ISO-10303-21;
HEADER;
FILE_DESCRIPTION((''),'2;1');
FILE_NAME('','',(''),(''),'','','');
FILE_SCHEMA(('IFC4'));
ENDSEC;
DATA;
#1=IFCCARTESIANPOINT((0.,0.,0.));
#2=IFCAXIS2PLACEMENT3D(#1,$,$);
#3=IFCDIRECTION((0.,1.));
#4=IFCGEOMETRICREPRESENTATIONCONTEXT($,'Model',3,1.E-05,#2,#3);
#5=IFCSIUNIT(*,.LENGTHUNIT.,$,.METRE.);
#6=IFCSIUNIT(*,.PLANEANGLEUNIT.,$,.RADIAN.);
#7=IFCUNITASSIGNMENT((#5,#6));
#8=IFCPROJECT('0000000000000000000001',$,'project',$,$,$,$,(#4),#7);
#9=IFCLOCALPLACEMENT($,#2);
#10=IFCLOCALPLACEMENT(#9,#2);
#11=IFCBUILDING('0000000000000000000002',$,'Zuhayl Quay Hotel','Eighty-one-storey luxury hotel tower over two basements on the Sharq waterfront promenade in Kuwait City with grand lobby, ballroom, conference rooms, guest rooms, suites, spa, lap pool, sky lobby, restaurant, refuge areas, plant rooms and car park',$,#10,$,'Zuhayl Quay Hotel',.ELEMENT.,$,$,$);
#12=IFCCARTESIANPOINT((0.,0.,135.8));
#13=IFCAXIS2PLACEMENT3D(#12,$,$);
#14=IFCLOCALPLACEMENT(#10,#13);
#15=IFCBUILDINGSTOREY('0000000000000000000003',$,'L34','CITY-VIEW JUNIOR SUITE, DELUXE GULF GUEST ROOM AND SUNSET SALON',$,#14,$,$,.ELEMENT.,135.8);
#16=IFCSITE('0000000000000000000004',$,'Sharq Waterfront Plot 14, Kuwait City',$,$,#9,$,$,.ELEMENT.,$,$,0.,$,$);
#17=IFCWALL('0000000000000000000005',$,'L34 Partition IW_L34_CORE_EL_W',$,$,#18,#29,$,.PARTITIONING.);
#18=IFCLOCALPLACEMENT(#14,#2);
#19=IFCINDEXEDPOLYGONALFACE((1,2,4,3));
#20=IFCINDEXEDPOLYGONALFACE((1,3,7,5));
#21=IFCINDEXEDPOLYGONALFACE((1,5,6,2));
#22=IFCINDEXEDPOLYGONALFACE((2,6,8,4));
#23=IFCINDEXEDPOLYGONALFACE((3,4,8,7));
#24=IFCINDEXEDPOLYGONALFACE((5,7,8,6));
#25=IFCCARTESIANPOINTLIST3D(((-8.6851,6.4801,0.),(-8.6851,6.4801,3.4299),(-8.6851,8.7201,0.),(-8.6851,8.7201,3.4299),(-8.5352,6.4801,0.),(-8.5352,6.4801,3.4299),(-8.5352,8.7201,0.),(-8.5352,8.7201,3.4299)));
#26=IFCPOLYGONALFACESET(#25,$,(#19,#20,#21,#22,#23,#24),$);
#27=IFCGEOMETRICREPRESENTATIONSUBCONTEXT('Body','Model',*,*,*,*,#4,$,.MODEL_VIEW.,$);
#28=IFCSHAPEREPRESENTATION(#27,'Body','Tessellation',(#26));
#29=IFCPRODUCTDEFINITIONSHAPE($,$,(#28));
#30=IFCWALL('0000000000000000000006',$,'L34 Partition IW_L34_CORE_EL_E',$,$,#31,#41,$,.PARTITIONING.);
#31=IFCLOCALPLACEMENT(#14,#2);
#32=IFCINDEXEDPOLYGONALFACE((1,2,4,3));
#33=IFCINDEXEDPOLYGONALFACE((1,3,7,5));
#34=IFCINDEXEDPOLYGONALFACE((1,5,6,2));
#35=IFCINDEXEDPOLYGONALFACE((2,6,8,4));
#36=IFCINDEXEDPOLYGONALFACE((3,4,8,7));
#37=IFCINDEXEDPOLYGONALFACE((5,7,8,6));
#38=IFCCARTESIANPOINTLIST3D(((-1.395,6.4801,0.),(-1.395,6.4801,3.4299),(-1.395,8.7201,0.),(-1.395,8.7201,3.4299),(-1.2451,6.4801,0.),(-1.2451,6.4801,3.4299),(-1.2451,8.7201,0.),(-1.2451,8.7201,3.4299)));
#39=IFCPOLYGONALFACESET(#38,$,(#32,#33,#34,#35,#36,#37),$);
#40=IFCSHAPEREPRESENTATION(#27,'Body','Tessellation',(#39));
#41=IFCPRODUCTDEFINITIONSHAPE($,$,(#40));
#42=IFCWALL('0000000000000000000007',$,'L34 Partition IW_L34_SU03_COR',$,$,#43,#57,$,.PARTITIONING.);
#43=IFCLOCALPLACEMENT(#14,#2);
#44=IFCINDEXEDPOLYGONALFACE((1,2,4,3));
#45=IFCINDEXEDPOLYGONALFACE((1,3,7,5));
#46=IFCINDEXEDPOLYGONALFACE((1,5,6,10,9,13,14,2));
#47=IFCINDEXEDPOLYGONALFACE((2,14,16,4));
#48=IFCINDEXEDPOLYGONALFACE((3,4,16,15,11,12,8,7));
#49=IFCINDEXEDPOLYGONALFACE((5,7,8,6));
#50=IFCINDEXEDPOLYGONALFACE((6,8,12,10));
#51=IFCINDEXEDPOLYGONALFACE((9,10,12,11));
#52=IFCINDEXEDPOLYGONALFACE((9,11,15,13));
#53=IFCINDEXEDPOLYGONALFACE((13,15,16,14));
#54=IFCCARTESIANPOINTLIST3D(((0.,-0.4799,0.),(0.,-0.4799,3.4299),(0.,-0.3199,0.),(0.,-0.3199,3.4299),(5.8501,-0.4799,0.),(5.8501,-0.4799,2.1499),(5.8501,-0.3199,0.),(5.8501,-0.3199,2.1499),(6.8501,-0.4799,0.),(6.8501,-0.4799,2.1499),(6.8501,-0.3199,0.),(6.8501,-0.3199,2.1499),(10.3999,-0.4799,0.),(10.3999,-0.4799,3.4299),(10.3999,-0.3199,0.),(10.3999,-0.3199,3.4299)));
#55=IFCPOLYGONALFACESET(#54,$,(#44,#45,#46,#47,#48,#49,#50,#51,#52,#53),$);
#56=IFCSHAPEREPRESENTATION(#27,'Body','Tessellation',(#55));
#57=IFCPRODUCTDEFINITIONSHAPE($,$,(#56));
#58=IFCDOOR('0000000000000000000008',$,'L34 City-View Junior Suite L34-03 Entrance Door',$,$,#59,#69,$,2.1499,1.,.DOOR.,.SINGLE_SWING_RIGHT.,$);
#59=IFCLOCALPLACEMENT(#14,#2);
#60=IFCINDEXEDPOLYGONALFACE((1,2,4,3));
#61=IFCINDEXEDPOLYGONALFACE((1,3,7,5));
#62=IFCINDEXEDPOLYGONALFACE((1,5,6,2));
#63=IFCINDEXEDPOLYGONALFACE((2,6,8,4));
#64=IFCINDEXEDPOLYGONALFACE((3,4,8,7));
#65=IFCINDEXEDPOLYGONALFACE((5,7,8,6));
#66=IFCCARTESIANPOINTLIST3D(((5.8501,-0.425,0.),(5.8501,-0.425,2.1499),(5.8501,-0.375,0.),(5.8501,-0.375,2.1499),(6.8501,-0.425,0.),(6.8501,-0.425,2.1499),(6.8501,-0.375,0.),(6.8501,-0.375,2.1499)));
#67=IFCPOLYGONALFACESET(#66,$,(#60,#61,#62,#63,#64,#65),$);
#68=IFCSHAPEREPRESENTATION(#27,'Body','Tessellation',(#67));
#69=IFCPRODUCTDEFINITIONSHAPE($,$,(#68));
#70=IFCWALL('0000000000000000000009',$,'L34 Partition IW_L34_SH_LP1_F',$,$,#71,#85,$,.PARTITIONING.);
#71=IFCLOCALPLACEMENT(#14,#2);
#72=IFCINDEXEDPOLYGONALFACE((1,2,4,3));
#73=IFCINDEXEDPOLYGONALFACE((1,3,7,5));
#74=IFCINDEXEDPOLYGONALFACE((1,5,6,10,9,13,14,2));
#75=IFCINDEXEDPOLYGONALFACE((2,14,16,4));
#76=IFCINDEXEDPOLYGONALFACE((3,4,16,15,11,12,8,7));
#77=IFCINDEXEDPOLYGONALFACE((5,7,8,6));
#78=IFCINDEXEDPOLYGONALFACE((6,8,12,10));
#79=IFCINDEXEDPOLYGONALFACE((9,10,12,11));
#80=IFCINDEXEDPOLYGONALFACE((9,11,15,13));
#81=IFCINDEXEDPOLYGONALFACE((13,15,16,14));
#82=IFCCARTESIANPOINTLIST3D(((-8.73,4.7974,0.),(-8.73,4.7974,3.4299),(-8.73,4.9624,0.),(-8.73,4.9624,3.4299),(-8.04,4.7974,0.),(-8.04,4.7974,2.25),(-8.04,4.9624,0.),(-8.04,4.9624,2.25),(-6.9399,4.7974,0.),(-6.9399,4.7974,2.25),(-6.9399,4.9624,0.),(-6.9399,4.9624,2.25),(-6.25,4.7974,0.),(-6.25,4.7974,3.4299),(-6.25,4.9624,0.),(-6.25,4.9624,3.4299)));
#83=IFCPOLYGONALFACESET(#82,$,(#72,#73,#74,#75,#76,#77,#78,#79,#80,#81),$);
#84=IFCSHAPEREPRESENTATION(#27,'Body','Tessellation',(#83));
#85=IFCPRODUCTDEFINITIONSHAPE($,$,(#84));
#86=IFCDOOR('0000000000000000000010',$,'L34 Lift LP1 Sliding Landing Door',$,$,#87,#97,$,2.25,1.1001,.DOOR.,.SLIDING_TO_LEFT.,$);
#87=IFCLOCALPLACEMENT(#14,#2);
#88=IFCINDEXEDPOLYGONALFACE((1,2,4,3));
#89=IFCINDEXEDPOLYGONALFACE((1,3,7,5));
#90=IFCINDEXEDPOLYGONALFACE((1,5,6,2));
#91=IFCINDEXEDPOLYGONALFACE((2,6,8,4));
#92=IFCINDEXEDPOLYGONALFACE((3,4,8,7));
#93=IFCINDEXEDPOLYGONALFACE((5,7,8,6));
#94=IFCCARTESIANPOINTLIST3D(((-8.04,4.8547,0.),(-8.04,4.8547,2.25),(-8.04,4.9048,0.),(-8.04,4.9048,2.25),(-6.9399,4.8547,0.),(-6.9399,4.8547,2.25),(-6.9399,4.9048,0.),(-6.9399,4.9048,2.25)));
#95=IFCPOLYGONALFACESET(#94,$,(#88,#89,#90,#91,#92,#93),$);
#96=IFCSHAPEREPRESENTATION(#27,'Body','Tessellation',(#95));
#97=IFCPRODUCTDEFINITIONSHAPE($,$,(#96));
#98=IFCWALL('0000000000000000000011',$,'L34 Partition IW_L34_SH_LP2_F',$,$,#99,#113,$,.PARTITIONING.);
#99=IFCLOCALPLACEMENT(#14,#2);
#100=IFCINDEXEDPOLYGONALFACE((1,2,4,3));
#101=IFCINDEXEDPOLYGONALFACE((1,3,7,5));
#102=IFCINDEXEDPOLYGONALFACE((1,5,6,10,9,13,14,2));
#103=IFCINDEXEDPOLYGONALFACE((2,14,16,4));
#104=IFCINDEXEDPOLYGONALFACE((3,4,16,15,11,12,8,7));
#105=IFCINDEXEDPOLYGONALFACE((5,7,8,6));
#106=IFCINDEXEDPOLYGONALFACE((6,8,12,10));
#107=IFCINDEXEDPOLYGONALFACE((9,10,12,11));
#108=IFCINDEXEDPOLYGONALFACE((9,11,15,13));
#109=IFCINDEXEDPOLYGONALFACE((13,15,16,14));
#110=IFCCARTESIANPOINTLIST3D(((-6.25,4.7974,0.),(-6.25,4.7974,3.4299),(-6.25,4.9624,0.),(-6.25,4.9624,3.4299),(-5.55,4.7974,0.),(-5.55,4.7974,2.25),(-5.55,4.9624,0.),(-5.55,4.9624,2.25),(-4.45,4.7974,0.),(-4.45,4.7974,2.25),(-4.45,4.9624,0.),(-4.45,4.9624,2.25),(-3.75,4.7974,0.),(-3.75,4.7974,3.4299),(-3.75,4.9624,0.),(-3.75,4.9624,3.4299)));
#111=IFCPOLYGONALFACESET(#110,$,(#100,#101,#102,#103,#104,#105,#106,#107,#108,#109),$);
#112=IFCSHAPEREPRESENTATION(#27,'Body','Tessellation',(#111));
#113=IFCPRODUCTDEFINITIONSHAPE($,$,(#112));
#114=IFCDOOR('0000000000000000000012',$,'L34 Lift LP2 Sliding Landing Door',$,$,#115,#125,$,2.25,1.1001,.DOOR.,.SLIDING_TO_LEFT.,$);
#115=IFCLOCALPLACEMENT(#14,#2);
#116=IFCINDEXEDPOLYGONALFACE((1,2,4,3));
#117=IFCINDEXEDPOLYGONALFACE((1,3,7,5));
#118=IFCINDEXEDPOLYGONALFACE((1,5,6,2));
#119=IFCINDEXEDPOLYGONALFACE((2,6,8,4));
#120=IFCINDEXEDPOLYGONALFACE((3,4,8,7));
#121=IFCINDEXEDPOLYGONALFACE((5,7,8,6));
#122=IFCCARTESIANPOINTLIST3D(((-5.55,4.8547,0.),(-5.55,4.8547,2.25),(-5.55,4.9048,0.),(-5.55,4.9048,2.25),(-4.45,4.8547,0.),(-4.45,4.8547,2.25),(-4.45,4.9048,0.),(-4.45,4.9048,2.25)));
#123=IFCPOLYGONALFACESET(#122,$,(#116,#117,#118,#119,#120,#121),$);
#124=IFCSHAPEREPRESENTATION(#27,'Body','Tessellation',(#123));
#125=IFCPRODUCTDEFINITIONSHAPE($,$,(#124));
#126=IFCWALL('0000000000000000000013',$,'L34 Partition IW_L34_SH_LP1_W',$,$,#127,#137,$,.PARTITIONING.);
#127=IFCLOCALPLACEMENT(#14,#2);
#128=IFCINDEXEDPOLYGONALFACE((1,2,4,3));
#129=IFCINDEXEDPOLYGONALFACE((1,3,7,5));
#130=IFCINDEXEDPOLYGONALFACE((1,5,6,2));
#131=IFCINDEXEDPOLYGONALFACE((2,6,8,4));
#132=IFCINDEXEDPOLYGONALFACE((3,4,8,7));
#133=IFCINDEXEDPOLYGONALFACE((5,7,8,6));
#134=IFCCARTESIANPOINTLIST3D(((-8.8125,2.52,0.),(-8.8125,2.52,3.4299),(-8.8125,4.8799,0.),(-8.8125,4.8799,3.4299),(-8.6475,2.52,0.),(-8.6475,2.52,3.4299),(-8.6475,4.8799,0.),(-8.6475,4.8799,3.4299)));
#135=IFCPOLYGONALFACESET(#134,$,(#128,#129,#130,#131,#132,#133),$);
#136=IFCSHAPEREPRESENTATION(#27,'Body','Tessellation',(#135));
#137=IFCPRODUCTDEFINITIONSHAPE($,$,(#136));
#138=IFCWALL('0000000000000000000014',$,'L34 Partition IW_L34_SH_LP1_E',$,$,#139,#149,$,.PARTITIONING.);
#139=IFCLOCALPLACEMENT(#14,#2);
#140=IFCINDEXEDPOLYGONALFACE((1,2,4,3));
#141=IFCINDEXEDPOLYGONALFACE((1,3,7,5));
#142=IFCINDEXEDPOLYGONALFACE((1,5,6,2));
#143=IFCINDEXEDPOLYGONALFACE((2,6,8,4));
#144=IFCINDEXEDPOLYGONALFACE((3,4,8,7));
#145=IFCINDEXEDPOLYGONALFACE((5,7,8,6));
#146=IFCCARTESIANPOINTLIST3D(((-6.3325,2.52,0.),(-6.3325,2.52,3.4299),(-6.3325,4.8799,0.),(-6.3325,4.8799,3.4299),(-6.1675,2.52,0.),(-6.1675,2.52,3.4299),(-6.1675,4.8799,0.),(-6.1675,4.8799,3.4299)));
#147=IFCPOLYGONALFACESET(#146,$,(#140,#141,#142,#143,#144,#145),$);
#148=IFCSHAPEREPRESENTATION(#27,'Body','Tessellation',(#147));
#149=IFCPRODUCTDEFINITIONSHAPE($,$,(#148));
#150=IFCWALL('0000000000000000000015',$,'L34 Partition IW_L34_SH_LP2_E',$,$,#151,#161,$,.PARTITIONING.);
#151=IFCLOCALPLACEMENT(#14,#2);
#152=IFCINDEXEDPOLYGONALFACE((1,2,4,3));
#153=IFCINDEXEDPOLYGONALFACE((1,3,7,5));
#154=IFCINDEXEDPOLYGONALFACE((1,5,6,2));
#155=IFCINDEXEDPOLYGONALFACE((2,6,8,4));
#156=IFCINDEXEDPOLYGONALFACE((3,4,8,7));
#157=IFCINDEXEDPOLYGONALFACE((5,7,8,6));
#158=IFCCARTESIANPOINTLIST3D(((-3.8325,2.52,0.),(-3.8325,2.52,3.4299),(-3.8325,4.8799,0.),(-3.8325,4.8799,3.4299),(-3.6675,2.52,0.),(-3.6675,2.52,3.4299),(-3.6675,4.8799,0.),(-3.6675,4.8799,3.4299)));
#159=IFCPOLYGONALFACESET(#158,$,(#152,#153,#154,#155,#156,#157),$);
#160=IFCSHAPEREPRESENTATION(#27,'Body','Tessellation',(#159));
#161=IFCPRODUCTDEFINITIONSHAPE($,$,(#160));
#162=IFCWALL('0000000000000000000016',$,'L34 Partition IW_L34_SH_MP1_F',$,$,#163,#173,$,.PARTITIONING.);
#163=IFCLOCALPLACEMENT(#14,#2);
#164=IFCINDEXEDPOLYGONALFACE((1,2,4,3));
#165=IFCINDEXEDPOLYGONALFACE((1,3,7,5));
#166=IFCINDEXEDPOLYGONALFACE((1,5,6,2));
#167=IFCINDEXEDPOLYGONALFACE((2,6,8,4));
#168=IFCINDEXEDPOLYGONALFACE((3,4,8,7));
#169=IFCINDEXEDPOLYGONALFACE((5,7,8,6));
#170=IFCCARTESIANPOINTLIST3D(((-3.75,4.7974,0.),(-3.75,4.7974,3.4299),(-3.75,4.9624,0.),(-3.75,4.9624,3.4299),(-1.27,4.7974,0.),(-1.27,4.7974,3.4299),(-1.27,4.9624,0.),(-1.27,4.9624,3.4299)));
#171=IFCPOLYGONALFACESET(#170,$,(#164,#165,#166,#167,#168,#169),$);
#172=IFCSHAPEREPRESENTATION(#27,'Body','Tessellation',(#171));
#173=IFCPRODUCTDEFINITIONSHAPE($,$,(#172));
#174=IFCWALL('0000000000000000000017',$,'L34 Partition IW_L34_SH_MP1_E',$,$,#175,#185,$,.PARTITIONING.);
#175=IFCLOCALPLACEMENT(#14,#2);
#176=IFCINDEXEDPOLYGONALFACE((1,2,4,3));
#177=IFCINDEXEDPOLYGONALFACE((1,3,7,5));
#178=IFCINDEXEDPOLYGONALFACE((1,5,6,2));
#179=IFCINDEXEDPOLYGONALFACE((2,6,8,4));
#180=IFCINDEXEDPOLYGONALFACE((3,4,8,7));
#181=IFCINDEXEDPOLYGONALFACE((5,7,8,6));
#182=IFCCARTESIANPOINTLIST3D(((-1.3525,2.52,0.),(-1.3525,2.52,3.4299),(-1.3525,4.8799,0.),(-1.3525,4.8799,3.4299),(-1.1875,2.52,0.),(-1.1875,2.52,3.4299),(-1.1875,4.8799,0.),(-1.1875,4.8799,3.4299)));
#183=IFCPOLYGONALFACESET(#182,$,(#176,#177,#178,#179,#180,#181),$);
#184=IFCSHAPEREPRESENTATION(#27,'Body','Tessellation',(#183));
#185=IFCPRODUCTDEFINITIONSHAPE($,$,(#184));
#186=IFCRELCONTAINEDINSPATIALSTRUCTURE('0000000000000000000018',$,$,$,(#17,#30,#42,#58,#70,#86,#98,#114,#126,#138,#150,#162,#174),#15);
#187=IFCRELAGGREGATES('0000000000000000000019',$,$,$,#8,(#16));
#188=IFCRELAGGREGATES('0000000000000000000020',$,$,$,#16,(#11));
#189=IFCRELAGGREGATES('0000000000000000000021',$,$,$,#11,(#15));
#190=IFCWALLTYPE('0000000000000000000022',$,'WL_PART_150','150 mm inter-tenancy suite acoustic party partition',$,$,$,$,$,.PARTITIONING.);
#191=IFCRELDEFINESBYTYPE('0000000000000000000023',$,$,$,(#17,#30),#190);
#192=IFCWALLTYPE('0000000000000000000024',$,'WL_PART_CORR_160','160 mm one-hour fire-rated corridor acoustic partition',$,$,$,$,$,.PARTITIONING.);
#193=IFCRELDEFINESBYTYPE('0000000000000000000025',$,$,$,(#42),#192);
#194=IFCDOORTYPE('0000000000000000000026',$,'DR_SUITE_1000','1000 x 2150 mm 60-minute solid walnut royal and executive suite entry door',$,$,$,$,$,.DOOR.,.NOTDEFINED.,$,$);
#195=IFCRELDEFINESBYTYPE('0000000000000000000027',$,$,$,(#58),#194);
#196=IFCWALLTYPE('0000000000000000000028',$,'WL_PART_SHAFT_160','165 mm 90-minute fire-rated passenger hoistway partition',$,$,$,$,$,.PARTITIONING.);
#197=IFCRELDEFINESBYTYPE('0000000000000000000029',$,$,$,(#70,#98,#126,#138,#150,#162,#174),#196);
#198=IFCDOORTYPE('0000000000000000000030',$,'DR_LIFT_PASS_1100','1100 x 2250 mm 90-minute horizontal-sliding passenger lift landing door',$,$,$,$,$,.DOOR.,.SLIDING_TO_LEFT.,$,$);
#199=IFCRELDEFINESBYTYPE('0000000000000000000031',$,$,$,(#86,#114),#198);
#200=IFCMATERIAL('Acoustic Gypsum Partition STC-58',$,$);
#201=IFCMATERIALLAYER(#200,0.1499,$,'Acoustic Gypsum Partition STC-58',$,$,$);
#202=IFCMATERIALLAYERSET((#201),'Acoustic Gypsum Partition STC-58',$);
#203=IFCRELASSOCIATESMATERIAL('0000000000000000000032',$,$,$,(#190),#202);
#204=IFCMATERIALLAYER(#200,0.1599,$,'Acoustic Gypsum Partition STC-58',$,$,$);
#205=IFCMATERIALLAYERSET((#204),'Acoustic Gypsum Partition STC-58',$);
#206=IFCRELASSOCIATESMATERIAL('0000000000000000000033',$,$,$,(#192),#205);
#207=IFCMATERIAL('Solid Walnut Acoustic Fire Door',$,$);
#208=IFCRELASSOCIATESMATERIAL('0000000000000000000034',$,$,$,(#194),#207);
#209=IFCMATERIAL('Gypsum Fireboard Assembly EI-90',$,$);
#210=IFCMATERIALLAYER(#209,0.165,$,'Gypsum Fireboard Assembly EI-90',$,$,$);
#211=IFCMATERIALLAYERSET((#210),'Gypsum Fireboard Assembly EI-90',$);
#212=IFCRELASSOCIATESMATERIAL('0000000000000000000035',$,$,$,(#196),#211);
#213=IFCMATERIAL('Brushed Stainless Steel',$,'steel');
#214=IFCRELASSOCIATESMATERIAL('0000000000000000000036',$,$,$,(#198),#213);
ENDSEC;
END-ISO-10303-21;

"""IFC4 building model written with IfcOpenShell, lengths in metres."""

from ifc_helpers import new_model, si_unit, direction, frame, frame_2d, origin, place, context, subcontext, project, spatial, rectangle, extrude, material, layer, layer_set, type_object, element, fill, save


model = new_model("IFC4")

# Units and contexts
model_context = context("Model", 3, precision=1e-05, world=origin(), true_north=direction((0.0, 1.0)))
body_context = subcontext(model_context, "Body", "Model", "MODEL_VIEW")
ifc_project = project(units=[si_unit("LENGTHUNIT", "METRE"), si_unit("PLANEANGLEUNIT", "RADIAN")], contexts=[model_context])

# Site, building, storey
site_placement = place(None, origin())
site = spatial("IfcSite", under=ifc_project, at=site_placement, Name="Sharq Waterfront Plot 14, Kuwait City", CompositionType="ELEMENT", RefElevation=0.0)
building_placement = place(site_placement, origin())
building = spatial("IfcBuilding", under=site, at=building_placement, Name="Zuhayl Quay Hotel", Description="Eighty-one-storey luxury hotel tower over two basements on the Sharq waterfront promenade in Kuwait City with grand lobby, ballroom, conference rooms, guest rooms, suites, spa, lap pool, sky lobby, restaurant, refuge areas, plant rooms and car park", LongName="Zuhayl Quay Hotel", CompositionType="ELEMENT")
storey_placement = place(building_placement, frame((0.0, 0.0, 135.8)))
storey = spatial("IfcBuildingStorey", under=building, at=storey_placement, Name="L34", Description="CITY-VIEW JUNIOR SUITE, DELUXE GULF GUEST ROOM AND SUNSET SALON", CompositionType="ELEMENT", Elevation=135.8)

# Shared definitions
ifc_material_1 = material(Name="Acoustic Gypsum Partition STC-58")
ifc_layer_1 = layer(ifc_material_1, 0.1499, Name="Acoustic Gypsum Partition STC-58")
ifc_layer_set_1 = layer_set([ifc_layer_1], Name="Acoustic Gypsum Partition STC-58")
wall_type_1 = type_object("IfcWallType", Name="WL_PART_150", Description="150 mm inter-tenancy suite acoustic party partition", PredefinedType="PARTITIONING", material=ifc_layer_set_1)

# Walls
for number, where, z_axis, x_axis, name in (
    (1, (-8.6101, 6.48, 0.0), (0.0, 0.0, 1.0), (0.0, 1.0, 0.0), "L34 Partition IW_L34_CORE_EL_W"),
    (2, (-1.3201, 6.48, 0.0), (0.0, 0.0, 1.0), (0.0, 1.0, 0.0), "L34 Partition IW_L34_CORE_EL_E"),
):
    element("IfcWall", number, at=place(storey_placement, frame(where, z_axis=z_axis, x_axis=x_axis)), inside=storey, type_object=wall_type_1, Name=name, PredefinedType="PARTITIONING", context=body_context, shape_type="SweptSolid", body=[
        extrude(rectangle(XDim=2.24, YDim=0.1499, at=frame_2d((1.1201, 0.0))), origin(), (0.0, 0.0, 1.0), 3.4299),
    ])

# Walls, openings, doors
ifc_layer_2 = layer(ifc_material_1, 0.1599, Name="Acoustic Gypsum Partition STC-58")
ifc_layer_set_2 = layer_set([ifc_layer_2], Name="Acoustic Gypsum Partition STC-58")
wall_type_2 = type_object("IfcWallType", Name="WL_PART_CORR_160", Description="160 mm one-hour fire-rated corridor acoustic partition", PredefinedType="PARTITIONING", material=ifc_layer_set_2)
wall_1_placement = place(storey_placement, frame((0.0, -0.3999, 0.0), z_axis=(0.0, 0.0, 1.0), x_axis=(1.0, 0.0, 0.0)))
wall_1 = element("IfcWall", 3, at=wall_1_placement, inside=storey, type_object=wall_type_2, Name="L34 Partition IW_L34_SU03_COR", PredefinedType="PARTITIONING", context=body_context, shape_type="SweptSolid", body=[
    extrude(rectangle(XDim=10.3999, YDim=0.1599, at=frame_2d((5.2, 0.0))), origin(), (0.0, 0.0, 1.0), 3.4299),
])
opening_1_placement = place(wall_1_placement, frame((5.8501, 0.0, 0.0)))
opening_1 = element("IfcOpeningElement", 4, at=opening_1_placement, cuts=wall_1, PredefinedType="OPENING", context=body_context, shape_type="SweptSolid", body=[
    extrude(rectangle(XDim=1.0, YDim=2.1499, at=frame_2d((0.5, 1.075))), frame((0.0, 0.0898, 0.0), z_axis=(0.0, -1.0, 0.0), x_axis=(1.0, 0.0, 0.0)), (0.0, 0.0, 1.0), 0.1799),
])
ifc_material_2 = material(Name="Solid Walnut Acoustic Fire Door")
door_type_1 = type_object("IfcDoorType", Name="DR_SUITE_1000", Description="1000 x 2150 mm 60-minute solid walnut royal and executive suite entry door", OperationType="NOTDEFINED", PredefinedType="DOOR", material=ifc_material_2)
door_1_placement = place(opening_1_placement, origin())
door_1 = element("IfcDoor", 5, at=door_1_placement, inside=storey, type_object=door_type_1, Name="L34 City-View Junior Suite L34-03 Entrance Door", OperationType="SINGLE_SWING_RIGHT", OverallHeight=2.1499, OverallWidth=1.0, PredefinedType="DOOR", context=body_context, shape_type="SweptSolid", body=[
    extrude(rectangle(XDim=1.0, YDim=2.1499, at=frame_2d((0.5, 1.075))), frame((0.0, 0.0249, 0.0), z_axis=(0.0, -1.0, 0.0), x_axis=(1.0, 0.0, 0.0)), (0.0, 0.0, 1.0), 0.05),
])
fill(opening_1, door_1)
ifc_material_3 = material(Name="Gypsum Fireboard Assembly EI-90")
ifc_layer_3 = layer(ifc_material_3, 0.165, Name="Gypsum Fireboard Assembly EI-90")
ifc_layer_set_3 = layer_set([ifc_layer_3], Name="Gypsum Fireboard Assembly EI-90")
wall_type_3 = type_object("IfcWallType", Name="WL_PART_SHAFT_160", Description="165 mm 90-minute fire-rated passenger hoistway partition", PredefinedType="PARTITIONING", material=ifc_layer_set_3)
wall_2_placement = place(storey_placement, frame((-8.73, 4.8799, 0.0), z_axis=(0.0, 0.0, 1.0), x_axis=(1.0, 0.0, 0.0)))
wall_2 = element("IfcWall", 6, at=wall_2_placement, inside=storey, type_object=wall_type_3, Name="L34 Partition IW_L34_SH_LP1_F", PredefinedType="PARTITIONING", context=body_context, shape_type="SweptSolid", body=[
    extrude(rectangle(XDim=2.48, YDim=0.165, at=frame_2d((1.24, 0.0))), origin(), (0.0, 0.0, 1.0), 3.4299),
])
opening_2_placement = place(wall_2_placement, frame((0.6899, 0.0, 0.0)))
opening_2 = element("IfcOpeningElement", 7, at=opening_2_placement, cuts=wall_2, PredefinedType="OPENING", context=body_context, shape_type="SweptSolid", body=[
    extrude(rectangle(XDim=1.1001, YDim=2.25, at=frame_2d((0.55, 1.125))), frame((0.0, 0.0925, 0.0), z_axis=(0.0, -1.0, 0.0), x_axis=(1.0, 0.0, 0.0)), (0.0, 0.0, 1.0), 0.1851),
])
ifc_material_4 = material(Name="Brushed Stainless Steel", Category="steel")
door_type_2 = type_object("IfcDoorType", Name="DR_LIFT_PASS_1100", Description="1100 x 2250 mm 90-minute horizontal-sliding passenger lift landing door", OperationType="SLIDING_TO_LEFT", PredefinedType="DOOR", material=ifc_material_4)
door_2_placement = place(opening_2_placement, origin())
door_2 = element("IfcDoor", 8, at=door_2_placement, inside=storey, type_object=door_type_2, Name="L34 Lift LP1 Sliding Landing Door", OperationType="SLIDING_TO_LEFT", OverallHeight=2.25, OverallWidth=1.1001, PredefinedType="DOOR", context=body_context, shape_type="SweptSolid", body=[
    extrude(rectangle(XDim=1.1001, YDim=2.25, at=frame_2d((0.55, 1.125))), frame((0.0, 0.0249, 0.0), z_axis=(0.0, -1.0, 0.0), x_axis=(1.0, 0.0, 0.0)), (0.0, 0.0, 1.0), 0.05),
])
fill(opening_2, door_2)
wall_3_placement = place(storey_placement, frame((-6.25, 4.8799, 0.0), z_axis=(0.0, 0.0, 1.0), x_axis=(1.0, 0.0, 0.0)))
wall_3 = element("IfcWall", 9, at=wall_3_placement, inside=storey, type_object=wall_type_3, Name="L34 Partition IW_L34_SH_LP2_F", PredefinedType="PARTITIONING", context=body_context, shape_type="SweptSolid", body=[
    extrude(rectangle(XDim=2.5, YDim=0.165, at=frame_2d((1.25, 0.0))), origin(), (0.0, 0.0, 1.0), 3.4299),
])
opening_3_placement = place(wall_3_placement, frame((0.7, 0.0, 0.0)))
opening_3 = element("IfcOpeningElement", 10, at=opening_3_placement, cuts=wall_3, PredefinedType="OPENING", context=body_context, shape_type="SweptSolid", body=[
    extrude(rectangle(XDim=1.1001, YDim=2.25, at=frame_2d((0.55, 1.125))), frame((0.0, 0.0925, 0.0), z_axis=(0.0, -1.0, 0.0), x_axis=(1.0, 0.0, 0.0)), (0.0, 0.0, 1.0), 0.1851),
])
door_3_placement = place(opening_3_placement, origin())
door_3 = element("IfcDoor", 11, at=door_3_placement, inside=storey, type_object=door_type_2, Name="L34 Lift LP2 Sliding Landing Door", OperationType="SLIDING_TO_LEFT", OverallHeight=2.25, OverallWidth=1.1001, PredefinedType="DOOR", context=body_context, shape_type="SweptSolid", body=[
    extrude(rectangle(XDim=1.1001, YDim=2.25, at=frame_2d((0.55, 1.125))), frame((0.0, 0.0249, 0.0), z_axis=(0.0, -1.0, 0.0), x_axis=(1.0, 0.0, 0.0)), (0.0, 0.0, 1.0), 0.05),
])
fill(opening_3, door_3)

# Walls
for number, where, z_axis, x_axis, name in (
    (12, (-8.73, 2.52, 0.0), (0.0, 0.0, 1.0), (0.0, 1.0, 0.0), "L34 Partition IW_L34_SH_LP1_W"),
    (13, (-6.25, 2.52, 0.0), (0.0, 0.0, 1.0), (0.0, 1.0, 0.0), "L34 Partition IW_L34_SH_LP1_E"),
    (14, (-3.75, 2.52, 0.0), (0.0, 0.0, 1.0), (0.0, 1.0, 0.0), "L34 Partition IW_L34_SH_LP2_E"),
):
    element("IfcWall", number, at=place(storey_placement, frame(where, z_axis=z_axis, x_axis=x_axis)), inside=storey, type_object=wall_type_3, Name=name, PredefinedType="PARTITIONING", context=body_context, shape_type="SweptSolid", body=[
        extrude(rectangle(XDim=2.3599, YDim=0.165, at=frame_2d((1.1799, 0.0))), origin(), (0.0, 0.0, 1.0), 3.4299),
    ])
wall_4_placement = place(storey_placement, frame((-3.75, 4.8799, 0.0), z_axis=(0.0, 0.0, 1.0), x_axis=(1.0, 0.0, 0.0)))
element("IfcWall", 15, at=wall_4_placement, inside=storey, type_object=wall_type_3, Name="L34 Partition IW_L34_SH_MP1_F", PredefinedType="PARTITIONING", context=body_context, shape_type="SweptSolid", body=[
    extrude(rectangle(XDim=2.48, YDim=0.165, at=frame_2d((1.24, 0.0))), origin(), (0.0, 0.0, 1.0), 3.4299),
])
wall_5_placement = place(storey_placement, frame((-1.27, 2.52, 0.0), z_axis=(0.0, 0.0, 1.0), x_axis=(0.0, 1.0, 0.0)))
element("IfcWall", 16, at=wall_5_placement, inside=storey, type_object=wall_type_3, Name="L34 Partition IW_L34_SH_MP1_E", PredefinedType="PARTITIONING", context=body_context, shape_type="SweptSolid", body=[
    extrude(rectangle(XDim=2.3599, YDim=0.165, at=frame_2d((1.1799, 0.0))), origin(), (0.0, 0.0, 1.0), 3.4299),
])

save(model, "model.ifc")
